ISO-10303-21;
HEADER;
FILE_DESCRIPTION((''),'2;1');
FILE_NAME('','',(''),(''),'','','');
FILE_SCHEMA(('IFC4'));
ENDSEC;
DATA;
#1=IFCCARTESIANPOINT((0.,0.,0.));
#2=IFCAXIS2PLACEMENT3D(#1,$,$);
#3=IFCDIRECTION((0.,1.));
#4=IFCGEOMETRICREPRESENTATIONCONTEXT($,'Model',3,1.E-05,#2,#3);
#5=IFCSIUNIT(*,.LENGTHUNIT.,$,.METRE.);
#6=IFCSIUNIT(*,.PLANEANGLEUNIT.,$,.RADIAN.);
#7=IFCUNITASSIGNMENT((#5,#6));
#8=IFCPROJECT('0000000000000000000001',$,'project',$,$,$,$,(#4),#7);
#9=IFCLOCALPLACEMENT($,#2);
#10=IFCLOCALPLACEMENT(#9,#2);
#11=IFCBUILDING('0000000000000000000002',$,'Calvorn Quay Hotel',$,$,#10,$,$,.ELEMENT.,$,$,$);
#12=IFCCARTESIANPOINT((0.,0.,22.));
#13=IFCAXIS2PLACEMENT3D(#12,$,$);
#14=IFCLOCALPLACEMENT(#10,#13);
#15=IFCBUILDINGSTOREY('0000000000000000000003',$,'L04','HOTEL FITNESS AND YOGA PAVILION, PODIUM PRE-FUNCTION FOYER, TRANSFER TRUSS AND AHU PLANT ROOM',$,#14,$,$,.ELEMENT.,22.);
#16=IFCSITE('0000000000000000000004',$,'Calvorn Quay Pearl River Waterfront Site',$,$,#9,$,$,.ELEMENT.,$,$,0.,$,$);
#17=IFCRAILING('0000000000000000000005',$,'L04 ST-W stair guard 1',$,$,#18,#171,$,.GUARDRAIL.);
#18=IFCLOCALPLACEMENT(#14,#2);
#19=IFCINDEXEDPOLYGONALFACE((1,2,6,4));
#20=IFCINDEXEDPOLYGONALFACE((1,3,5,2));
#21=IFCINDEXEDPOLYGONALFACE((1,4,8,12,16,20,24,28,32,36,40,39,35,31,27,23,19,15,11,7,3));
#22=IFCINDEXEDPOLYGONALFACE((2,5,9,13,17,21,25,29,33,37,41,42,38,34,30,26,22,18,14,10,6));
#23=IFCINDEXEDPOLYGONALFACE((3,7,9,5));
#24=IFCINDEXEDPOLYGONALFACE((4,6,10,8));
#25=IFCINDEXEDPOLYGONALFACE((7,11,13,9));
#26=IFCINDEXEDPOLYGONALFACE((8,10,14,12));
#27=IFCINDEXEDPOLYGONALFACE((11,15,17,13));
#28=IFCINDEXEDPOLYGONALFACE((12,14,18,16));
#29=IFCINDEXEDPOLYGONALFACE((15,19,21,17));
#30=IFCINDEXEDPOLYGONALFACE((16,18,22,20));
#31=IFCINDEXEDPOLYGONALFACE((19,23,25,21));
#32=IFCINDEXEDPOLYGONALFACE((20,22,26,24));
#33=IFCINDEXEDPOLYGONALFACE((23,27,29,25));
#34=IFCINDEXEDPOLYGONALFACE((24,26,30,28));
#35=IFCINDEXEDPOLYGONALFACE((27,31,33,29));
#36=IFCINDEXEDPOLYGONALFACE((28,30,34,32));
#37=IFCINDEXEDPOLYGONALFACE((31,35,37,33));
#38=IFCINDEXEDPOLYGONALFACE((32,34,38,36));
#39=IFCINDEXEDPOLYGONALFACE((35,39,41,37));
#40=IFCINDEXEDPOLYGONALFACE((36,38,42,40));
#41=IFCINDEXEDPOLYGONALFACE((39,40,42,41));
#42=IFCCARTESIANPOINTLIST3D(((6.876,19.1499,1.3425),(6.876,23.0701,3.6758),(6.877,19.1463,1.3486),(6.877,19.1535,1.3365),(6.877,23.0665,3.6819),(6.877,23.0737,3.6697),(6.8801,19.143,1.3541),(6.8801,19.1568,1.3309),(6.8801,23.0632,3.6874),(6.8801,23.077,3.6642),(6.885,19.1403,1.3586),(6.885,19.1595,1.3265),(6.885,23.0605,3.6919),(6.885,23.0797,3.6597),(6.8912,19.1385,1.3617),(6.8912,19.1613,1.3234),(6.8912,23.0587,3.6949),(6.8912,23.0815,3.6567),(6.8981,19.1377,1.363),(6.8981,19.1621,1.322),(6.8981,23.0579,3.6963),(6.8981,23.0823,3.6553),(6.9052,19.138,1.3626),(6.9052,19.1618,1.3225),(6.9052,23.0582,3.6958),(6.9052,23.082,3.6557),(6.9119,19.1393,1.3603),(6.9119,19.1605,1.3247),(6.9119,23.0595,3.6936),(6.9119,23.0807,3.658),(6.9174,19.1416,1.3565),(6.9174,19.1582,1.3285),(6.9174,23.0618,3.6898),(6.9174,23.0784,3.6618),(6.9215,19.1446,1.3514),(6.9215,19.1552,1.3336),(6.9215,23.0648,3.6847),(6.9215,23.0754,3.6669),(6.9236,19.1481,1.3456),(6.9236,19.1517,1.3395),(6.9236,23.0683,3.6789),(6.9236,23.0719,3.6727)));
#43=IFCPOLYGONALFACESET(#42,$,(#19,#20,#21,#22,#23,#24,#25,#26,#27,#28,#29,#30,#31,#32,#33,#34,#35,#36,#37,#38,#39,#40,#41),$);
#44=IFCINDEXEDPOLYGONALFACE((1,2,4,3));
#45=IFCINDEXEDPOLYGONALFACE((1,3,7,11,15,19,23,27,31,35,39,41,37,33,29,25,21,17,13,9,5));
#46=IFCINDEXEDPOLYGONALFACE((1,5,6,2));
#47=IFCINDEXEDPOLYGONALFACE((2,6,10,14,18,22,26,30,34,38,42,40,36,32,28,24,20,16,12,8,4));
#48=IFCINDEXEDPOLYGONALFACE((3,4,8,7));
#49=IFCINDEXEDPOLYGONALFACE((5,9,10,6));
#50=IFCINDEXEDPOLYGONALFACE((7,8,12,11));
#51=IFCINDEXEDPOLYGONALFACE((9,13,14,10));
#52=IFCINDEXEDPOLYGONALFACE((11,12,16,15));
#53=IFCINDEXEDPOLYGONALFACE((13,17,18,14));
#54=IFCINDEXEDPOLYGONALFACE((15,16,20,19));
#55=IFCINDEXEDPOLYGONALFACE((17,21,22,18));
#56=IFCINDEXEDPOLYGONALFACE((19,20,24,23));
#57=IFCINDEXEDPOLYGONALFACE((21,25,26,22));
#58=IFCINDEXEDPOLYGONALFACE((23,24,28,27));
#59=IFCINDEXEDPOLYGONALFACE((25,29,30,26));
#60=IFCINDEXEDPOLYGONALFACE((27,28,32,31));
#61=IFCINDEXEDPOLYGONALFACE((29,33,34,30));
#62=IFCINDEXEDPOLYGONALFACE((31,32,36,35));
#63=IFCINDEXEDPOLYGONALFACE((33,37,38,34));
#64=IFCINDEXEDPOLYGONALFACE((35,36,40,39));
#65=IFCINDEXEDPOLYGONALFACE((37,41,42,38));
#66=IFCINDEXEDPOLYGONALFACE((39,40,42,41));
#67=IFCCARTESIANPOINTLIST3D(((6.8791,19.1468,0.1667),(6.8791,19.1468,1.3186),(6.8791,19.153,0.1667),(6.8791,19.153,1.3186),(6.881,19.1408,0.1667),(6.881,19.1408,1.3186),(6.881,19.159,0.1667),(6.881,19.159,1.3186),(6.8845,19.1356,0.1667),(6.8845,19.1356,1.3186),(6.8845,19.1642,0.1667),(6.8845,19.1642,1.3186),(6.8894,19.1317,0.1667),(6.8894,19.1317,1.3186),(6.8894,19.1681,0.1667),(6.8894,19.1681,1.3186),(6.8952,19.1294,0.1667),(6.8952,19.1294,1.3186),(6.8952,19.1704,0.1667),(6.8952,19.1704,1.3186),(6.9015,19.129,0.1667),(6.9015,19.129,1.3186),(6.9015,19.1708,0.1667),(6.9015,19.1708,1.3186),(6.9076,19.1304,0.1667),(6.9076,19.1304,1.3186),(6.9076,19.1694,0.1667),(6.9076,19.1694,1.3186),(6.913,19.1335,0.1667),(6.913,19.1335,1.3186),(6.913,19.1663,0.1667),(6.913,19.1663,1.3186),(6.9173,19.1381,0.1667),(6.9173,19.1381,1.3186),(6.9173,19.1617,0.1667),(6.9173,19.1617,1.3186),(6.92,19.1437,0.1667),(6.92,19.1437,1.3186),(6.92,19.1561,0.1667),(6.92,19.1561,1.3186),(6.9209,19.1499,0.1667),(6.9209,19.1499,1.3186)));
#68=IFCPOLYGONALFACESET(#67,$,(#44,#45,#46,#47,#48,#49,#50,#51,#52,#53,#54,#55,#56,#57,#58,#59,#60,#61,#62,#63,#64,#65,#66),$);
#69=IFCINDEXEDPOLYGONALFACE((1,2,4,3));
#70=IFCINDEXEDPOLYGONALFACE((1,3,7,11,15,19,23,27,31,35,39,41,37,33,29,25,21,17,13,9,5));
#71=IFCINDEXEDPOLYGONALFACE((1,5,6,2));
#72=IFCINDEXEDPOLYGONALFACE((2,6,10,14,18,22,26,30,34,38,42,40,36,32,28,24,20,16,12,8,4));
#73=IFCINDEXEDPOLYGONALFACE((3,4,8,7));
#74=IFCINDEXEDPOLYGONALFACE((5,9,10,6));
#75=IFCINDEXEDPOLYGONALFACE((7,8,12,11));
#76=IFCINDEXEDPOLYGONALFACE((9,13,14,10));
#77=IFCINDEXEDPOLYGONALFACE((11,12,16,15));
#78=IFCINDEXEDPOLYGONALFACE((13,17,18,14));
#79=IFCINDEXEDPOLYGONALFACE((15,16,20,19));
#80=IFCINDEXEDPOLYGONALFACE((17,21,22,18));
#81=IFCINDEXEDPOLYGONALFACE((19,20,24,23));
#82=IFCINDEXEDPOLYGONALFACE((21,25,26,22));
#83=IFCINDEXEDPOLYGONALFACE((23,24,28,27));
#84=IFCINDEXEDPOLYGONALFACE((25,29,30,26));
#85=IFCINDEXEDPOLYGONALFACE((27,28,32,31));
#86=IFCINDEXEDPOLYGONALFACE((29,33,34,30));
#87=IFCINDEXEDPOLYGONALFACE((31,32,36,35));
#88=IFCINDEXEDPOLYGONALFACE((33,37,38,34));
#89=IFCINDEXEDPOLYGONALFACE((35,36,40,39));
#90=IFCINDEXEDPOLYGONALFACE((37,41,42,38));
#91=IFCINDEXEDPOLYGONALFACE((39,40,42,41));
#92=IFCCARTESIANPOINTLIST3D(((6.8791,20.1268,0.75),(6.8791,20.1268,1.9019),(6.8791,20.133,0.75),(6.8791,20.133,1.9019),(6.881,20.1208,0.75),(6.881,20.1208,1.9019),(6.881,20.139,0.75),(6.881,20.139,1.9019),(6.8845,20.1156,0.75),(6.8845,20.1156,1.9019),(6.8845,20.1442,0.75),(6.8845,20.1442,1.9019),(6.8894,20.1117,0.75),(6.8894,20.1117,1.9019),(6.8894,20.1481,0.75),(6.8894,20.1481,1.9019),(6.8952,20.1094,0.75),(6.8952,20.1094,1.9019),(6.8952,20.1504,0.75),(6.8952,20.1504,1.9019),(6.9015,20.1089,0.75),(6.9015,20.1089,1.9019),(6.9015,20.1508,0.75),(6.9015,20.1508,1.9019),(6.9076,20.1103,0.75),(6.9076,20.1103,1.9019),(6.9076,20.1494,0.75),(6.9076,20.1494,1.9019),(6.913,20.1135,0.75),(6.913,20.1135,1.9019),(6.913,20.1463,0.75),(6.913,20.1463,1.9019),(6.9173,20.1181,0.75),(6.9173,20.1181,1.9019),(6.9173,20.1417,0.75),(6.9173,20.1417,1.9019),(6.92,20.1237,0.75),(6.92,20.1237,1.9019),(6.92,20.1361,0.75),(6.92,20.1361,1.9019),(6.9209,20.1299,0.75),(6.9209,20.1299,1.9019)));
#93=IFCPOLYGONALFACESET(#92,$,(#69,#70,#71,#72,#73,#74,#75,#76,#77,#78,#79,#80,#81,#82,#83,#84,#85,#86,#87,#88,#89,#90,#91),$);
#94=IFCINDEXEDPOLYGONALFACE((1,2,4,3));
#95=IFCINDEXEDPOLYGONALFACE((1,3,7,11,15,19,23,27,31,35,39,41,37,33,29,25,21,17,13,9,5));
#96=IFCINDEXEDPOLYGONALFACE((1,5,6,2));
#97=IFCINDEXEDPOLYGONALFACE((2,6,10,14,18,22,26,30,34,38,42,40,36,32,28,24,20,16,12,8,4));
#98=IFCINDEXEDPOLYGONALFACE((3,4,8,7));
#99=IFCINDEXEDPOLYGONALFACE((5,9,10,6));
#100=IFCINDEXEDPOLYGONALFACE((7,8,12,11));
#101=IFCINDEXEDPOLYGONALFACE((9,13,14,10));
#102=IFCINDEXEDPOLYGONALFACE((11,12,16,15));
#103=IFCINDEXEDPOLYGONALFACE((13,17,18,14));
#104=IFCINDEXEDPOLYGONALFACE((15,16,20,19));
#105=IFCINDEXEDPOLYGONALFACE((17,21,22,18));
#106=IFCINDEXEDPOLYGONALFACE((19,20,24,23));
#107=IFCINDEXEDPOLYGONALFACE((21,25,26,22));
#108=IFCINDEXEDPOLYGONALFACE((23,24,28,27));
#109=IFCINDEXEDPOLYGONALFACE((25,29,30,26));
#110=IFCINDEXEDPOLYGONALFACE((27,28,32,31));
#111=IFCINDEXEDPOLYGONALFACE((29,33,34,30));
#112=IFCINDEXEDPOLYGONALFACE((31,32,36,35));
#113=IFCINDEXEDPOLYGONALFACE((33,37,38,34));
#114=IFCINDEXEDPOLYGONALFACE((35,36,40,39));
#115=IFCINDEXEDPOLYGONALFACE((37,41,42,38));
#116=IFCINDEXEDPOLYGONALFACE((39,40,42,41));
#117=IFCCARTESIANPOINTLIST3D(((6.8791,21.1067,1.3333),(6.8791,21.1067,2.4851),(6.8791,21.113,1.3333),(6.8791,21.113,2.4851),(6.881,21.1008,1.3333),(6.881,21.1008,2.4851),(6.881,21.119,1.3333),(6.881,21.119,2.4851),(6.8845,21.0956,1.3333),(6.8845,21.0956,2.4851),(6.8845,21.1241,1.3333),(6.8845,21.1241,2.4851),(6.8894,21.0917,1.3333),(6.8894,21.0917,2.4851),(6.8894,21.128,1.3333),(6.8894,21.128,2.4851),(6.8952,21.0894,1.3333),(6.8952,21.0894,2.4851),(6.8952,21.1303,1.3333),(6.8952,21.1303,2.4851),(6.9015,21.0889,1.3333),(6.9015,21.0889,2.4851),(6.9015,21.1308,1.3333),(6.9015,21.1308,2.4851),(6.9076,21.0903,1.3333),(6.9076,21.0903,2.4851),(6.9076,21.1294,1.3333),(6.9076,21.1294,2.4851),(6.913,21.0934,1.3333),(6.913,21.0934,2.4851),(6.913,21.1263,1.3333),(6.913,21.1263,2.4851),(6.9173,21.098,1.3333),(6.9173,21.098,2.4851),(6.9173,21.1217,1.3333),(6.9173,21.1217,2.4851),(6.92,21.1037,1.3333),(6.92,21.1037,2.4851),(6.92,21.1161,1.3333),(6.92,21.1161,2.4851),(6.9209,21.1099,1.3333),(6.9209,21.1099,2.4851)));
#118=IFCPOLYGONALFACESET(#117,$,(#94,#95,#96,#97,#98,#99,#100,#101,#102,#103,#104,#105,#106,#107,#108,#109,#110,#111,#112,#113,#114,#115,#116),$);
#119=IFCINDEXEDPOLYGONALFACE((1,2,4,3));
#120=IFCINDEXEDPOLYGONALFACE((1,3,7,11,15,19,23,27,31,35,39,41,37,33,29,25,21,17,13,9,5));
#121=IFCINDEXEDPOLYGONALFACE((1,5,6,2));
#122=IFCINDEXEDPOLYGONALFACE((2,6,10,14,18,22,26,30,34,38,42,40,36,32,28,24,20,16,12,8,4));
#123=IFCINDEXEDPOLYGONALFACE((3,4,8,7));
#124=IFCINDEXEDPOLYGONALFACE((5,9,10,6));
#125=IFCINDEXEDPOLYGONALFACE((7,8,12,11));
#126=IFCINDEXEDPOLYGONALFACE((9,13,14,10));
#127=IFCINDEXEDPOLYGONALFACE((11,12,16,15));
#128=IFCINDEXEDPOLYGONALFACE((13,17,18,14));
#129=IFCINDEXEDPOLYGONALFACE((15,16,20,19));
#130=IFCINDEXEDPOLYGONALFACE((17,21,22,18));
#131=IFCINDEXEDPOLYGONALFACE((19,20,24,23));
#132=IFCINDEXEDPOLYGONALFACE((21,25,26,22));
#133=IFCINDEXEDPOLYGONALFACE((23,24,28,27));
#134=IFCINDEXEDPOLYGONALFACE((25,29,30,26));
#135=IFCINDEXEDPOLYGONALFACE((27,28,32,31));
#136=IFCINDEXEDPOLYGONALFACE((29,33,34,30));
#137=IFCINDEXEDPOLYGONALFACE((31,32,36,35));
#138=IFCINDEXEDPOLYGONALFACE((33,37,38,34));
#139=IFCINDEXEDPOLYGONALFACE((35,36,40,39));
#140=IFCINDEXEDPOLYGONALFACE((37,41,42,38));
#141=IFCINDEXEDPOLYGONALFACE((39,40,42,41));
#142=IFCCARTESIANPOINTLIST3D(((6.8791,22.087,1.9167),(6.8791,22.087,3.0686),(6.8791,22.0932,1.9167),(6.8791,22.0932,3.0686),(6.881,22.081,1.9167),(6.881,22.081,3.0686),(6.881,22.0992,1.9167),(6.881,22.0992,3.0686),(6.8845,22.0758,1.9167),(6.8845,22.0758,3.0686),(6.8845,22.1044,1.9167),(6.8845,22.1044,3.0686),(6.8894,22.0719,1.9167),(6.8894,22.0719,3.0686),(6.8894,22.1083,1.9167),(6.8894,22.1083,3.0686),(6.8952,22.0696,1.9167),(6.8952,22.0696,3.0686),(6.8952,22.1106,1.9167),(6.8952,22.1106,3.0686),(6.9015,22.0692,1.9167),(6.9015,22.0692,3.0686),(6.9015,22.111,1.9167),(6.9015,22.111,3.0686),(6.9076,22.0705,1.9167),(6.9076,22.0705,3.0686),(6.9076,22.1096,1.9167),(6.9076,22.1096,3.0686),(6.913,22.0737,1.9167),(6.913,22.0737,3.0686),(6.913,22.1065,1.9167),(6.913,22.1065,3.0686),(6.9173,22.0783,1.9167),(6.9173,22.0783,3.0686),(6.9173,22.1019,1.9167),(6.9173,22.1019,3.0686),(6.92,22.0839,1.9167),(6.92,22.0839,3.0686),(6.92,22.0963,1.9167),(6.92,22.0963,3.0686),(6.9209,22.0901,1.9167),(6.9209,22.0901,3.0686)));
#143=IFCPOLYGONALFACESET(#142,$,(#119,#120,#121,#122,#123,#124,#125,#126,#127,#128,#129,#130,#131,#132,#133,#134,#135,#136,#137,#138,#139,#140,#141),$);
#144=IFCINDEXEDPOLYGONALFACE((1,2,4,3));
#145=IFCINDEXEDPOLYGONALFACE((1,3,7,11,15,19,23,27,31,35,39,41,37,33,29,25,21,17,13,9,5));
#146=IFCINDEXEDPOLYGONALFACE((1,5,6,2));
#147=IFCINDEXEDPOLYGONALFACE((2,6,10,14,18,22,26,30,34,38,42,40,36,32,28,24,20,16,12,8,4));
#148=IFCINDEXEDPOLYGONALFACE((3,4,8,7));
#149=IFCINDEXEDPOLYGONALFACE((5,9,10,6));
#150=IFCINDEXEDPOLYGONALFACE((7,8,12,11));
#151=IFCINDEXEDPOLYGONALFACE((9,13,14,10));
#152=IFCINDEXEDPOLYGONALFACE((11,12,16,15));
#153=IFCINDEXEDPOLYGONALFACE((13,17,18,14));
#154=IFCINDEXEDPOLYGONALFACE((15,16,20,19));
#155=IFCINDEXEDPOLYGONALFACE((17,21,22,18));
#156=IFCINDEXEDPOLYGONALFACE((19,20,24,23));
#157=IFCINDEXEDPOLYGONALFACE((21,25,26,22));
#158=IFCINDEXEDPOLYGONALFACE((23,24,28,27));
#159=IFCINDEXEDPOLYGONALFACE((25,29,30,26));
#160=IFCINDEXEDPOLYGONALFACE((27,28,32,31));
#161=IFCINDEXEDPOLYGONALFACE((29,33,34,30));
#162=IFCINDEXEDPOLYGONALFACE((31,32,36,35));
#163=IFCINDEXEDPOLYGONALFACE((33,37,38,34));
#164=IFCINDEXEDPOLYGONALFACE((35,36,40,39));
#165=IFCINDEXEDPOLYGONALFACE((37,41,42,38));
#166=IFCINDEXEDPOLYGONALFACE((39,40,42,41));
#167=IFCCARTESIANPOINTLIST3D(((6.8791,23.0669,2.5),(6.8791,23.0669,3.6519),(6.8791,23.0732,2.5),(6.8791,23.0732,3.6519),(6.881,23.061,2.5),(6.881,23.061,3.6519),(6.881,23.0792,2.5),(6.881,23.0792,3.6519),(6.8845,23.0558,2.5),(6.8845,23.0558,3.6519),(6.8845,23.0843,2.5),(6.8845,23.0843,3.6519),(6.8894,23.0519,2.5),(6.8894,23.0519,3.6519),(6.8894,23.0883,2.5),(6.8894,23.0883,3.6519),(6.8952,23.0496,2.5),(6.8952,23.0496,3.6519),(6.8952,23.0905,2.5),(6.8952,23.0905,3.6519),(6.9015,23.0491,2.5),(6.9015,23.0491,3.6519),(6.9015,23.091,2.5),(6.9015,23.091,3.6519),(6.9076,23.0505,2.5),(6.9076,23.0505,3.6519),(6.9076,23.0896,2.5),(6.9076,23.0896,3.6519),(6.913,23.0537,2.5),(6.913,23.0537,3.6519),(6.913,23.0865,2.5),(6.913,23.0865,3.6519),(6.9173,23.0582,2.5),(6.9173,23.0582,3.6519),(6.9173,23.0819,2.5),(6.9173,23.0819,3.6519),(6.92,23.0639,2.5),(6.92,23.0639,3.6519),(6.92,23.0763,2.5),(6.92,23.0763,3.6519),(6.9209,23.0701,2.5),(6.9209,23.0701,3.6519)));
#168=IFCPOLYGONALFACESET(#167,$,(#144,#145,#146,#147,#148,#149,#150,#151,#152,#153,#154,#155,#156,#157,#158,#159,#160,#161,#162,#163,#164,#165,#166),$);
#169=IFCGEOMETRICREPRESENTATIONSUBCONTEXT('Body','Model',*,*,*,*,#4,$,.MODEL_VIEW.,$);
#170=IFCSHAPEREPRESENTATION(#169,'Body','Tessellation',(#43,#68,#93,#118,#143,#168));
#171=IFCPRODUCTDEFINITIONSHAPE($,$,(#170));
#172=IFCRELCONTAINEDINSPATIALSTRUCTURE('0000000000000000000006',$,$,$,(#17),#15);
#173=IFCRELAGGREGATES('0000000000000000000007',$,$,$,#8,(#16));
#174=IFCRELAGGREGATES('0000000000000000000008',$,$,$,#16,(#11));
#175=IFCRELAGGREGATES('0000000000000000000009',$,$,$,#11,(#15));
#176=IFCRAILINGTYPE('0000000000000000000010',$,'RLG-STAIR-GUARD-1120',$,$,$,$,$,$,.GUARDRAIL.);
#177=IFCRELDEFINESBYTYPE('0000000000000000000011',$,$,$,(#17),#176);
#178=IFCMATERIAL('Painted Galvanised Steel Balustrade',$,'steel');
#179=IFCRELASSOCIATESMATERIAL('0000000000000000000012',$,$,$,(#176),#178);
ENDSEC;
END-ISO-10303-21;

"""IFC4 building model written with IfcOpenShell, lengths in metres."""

from ifc_helpers import new_model, si_unit, direction, frame, origin, origin_2d, place, context, subcontext, project, spatial, circle, extrude, material, type_object, element, save


model = new_model("IFC4")

# Units and contexts
model_context = context("Model", 3, precision=1e-05, world=origin(), true_north=direction((0.0, 1.0)))
body_context = subcontext(model_context, "Body", "Model", "MODEL_VIEW")
ifc_project = project(units=[si_unit("LENGTHUNIT", "METRE"), si_unit("PLANEANGLEUNIT", "RADIAN")], contexts=[model_context])

# Site, building, storey
site_placement = place(None, origin())
site = spatial("IfcSite", under=ifc_project, at=site_placement, Name="Calvorn Quay Pearl River Waterfront Site", CompositionType="ELEMENT", RefElevation=0.0)
building_placement = place(site_placement, origin())
building = spatial("IfcBuilding", under=site, at=building_placement, Name="Calvorn Quay Hotel", CompositionType="ELEMENT")
storey_placement = place(building_placement, frame((0.0, 0.0, 22.0)))
storey = spatial("IfcBuildingStorey", under=building, at=storey_placement, Name="L04", Description="HOTEL FITNESS AND YOGA PAVILION, PODIUM PRE-FUNCTION FOYER, TRANSFER TRUSS AND AHU PLANT ROOM", CompositionType="ELEMENT", Elevation=22.0)

# Railing
ifc_material_1 = material(Name="Painted Galvanised Steel Balustrade", Category="steel")
railing_type_1 = type_object("IfcRailingType", Name="RLG-STAIR-GUARD-1120", PredefinedType="GUARDRAIL", material=ifc_material_1)
railing_1_placement = place(storey_placement, frame((6.8999, 19.1499, 0.1667)))
element("IfcRailing", 1, at=railing_1_placement, inside=storey, type_object=railing_type_1, Name="L04 ST-W stair guard 1", PredefinedType="GUARDRAIL", context=body_context, shape_type="SweptSolid", body=[
    extrude(circle(Radius=0.0239, at=origin_2d()), frame((0.0, 0.0, 1.1758), z_axis=(0.0, 0.85931, 0.511455), x_axis=(-1.0, 0.0, 0.0)), (0.0, 0.0, 1.0), 4.562),
    extrude(circle(Radius=0.021, at=origin_2d()), origin(), (0.0, 0.0, 1.0), 1.1519),
    extrude(circle(Radius=0.021, at=origin_2d()), frame((0.0, 0.98, 0.5833)), (0.0, 0.0, 1.0), 1.1519),
    extrude(circle(Radius=0.021, at=origin_2d()), frame((0.0, 1.96, 1.1665)), (0.0, 0.0, 1.0), 1.1519),
    extrude(circle(Radius=0.021, at=origin_2d()), frame((0.0, 2.9402, 1.75)), (0.0, 0.0, 1.0), 1.1519),
    extrude(circle(Radius=0.021, at=origin_2d()), frame((0.0, 3.9202, 2.3333)), (0.0, 0.0, 1.0), 1.1519),
])

save(model, "model.ifc")
